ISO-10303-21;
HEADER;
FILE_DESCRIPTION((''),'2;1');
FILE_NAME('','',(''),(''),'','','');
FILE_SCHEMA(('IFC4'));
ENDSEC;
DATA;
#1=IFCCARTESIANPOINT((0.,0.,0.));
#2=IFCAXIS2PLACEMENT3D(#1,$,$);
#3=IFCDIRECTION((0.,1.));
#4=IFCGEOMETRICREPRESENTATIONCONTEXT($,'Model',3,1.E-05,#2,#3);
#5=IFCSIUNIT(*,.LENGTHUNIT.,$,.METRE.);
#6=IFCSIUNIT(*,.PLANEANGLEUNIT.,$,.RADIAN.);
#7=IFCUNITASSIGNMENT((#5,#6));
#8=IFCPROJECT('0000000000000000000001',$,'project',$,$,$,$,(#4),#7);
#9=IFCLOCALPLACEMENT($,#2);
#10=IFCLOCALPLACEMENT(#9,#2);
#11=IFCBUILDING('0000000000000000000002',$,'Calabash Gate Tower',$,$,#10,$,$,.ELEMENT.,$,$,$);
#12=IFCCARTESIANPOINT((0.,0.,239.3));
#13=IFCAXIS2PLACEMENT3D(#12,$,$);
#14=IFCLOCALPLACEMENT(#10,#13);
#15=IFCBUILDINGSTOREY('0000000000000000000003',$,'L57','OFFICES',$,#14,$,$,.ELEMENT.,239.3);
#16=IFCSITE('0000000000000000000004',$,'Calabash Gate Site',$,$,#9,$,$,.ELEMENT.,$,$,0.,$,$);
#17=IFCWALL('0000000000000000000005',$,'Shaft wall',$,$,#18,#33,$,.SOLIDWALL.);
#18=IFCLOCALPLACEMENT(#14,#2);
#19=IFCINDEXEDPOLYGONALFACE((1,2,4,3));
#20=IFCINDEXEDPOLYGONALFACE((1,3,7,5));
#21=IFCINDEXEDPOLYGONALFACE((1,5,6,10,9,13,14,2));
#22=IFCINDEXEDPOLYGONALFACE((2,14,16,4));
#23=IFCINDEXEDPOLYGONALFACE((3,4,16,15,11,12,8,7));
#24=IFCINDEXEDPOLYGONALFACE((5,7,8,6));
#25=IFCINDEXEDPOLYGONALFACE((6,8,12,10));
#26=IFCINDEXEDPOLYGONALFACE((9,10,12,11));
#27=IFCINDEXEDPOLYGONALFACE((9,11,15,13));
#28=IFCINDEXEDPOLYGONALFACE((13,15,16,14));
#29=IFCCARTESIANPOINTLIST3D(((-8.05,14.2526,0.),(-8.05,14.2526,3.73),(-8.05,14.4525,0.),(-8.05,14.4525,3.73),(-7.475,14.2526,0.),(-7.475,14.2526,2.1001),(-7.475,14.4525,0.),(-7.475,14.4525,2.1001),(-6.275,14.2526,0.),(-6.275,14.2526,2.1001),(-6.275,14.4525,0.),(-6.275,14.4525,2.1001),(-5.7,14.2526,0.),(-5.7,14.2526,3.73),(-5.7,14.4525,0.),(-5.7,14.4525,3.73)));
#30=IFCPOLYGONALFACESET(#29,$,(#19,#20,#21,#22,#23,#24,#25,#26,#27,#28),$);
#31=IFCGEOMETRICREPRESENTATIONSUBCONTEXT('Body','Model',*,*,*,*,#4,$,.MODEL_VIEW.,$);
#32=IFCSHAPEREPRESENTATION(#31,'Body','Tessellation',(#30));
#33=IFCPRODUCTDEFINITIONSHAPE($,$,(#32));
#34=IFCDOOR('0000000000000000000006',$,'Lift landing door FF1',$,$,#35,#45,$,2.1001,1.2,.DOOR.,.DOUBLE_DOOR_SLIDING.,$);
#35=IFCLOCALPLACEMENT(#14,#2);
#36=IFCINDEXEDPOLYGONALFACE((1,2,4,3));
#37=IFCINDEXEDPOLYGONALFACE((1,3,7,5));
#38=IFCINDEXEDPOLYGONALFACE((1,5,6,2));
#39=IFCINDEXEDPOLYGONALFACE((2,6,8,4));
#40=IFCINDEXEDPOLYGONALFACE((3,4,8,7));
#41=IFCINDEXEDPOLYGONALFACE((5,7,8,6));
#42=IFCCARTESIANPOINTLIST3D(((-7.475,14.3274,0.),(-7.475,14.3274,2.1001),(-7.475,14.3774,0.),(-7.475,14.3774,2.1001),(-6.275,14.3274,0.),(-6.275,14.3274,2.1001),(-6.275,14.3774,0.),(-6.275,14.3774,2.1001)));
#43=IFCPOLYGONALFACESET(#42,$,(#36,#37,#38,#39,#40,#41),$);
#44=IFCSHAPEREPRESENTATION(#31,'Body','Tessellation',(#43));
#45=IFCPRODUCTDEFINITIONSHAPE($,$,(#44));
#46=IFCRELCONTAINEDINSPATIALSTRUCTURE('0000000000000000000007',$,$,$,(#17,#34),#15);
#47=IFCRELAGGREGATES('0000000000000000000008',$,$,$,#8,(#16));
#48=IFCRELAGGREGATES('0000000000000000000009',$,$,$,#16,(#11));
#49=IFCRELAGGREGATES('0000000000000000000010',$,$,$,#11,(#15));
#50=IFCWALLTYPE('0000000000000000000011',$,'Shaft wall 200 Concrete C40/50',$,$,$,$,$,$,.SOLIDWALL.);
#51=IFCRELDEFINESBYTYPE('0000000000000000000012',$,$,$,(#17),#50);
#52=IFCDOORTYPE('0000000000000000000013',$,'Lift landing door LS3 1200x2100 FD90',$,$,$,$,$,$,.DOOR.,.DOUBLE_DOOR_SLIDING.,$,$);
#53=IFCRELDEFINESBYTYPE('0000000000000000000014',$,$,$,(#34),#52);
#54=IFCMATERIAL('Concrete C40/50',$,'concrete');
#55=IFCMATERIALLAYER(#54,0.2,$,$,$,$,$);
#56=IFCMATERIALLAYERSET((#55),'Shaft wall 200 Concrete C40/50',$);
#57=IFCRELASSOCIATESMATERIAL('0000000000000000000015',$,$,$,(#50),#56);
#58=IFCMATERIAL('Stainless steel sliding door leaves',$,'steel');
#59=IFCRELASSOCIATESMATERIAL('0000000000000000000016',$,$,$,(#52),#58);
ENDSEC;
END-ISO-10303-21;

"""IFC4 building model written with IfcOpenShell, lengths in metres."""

from ifc_helpers import new_model, si_unit, direction, frame, frame_2d, origin, place, context, subcontext, project, spatial, rectangle, extrude, material, layer, layer_set, type_object, element, fill, save


model = new_model("IFC4")

# Units and contexts
model_context = context("Model", 3, precision=1e-05, world=origin(), true_north=direction((0.0, 1.0)))
body_context = subcontext(model_context, "Body", "Model", "MODEL_VIEW")
ifc_project = project(units=[si_unit("LENGTHUNIT", "METRE"), si_unit("PLANEANGLEUNIT", "RADIAN")], contexts=[model_context])

# Site, building, storey
site_placement = place(None, origin())
site = spatial("IfcSite", under=ifc_project, at=site_placement, Name="Calabash Gate Site", CompositionType="ELEMENT", RefElevation=0.0)
building_placement = place(site_placement, origin())
building = spatial("IfcBuilding", under=site, at=building_placement, Name="Calabash Gate Tower", CompositionType="ELEMENT")
storey_placement = place(building_placement, frame((0.0, 0.0, 239.3)))
storey = spatial("IfcBuildingStorey", under=building, at=storey_placement, Name="L57", Description="OFFICES", CompositionType="ELEMENT", Elevation=239.3)

# Shared definitions
ifc_material_1 = material(Name="Concrete C40/50", Category="concrete")
ifc_layer_1 = layer(ifc_material_1, 0.2)
ifc_layer_set_1 = layer_set([ifc_layer_1], Name="Shaft wall 200 Concrete C40/50")
wall_type_1 = type_object("IfcWallType", Name="Shaft wall 200 Concrete C40/50", PredefinedType="SOLIDWALL", material=ifc_layer_set_1)

# Wall, opening, door
wall_1_placement = place(storey_placement, frame((-8.05, 14.3525, 0.0), z_axis=(0.0, 0.0, 1.0), x_axis=(1.0, 0.0, 0.0)))
wall_1 = element("IfcWall", 1, at=wall_1_placement, inside=storey, type_object=wall_type_1, Name="Shaft wall", PredefinedType="SOLIDWALL", context=body_context, shape_type="SweptSolid", body=[
    extrude(rectangle(XDim=2.3501, YDim=0.2, at=frame_2d((1.175, 0.0))), origin(), (0.0, 0.0, 1.0), 3.73),
])
opening_1_placement = place(wall_1_placement, frame((0.575, 0.0, 0.0)))
opening_1 = element("IfcOpeningElement", 2, at=opening_1_placement, cuts=wall_1, PredefinedType="OPENING", context=body_context, shape_type="SweptSolid", body=[
    extrude(rectangle(XDim=1.2, YDim=2.1001, at=frame_2d((0.6001, 1.05))), frame((0.0, 0.1099, 0.0), z_axis=(0.0, -1.0, 0.0), x_axis=(1.0, 0.0, 0.0)), (0.0, 0.0, 1.0), 0.22),
])
ifc_material_2 = material(Name="Stainless steel sliding door leaves", Category="steel")
door_type_1 = type_object("IfcDoorType", Name="Lift landing door LS3 1200x2100 FD90", OperationType="DOUBLE_DOOR_SLIDING", PredefinedType="DOOR", material=ifc_material_2)
door_1_placement = place(opening_1_placement, origin())
door_1 = element("IfcDoor", 3, at=door_1_placement, inside=storey, type_object=door_type_1, Name="Lift landing door FF1", OperationType="DOUBLE_DOOR_SLIDING", OverallHeight=2.1001, OverallWidth=1.2, PredefinedType="DOOR", context=body_context, shape_type="SweptSolid", body=[
    extrude(rectangle(XDim=1.2, YDim=2.1001, at=frame_2d((0.6001, 1.05))), frame((0.0, 0.0249, 0.0), z_axis=(0.0, -1.0, 0.0), x_axis=(1.0, 0.0, 0.0)), (0.0, 0.0, 1.0), 0.05),
])
fill(opening_1, door_1)

save(model, "model.ifc")
